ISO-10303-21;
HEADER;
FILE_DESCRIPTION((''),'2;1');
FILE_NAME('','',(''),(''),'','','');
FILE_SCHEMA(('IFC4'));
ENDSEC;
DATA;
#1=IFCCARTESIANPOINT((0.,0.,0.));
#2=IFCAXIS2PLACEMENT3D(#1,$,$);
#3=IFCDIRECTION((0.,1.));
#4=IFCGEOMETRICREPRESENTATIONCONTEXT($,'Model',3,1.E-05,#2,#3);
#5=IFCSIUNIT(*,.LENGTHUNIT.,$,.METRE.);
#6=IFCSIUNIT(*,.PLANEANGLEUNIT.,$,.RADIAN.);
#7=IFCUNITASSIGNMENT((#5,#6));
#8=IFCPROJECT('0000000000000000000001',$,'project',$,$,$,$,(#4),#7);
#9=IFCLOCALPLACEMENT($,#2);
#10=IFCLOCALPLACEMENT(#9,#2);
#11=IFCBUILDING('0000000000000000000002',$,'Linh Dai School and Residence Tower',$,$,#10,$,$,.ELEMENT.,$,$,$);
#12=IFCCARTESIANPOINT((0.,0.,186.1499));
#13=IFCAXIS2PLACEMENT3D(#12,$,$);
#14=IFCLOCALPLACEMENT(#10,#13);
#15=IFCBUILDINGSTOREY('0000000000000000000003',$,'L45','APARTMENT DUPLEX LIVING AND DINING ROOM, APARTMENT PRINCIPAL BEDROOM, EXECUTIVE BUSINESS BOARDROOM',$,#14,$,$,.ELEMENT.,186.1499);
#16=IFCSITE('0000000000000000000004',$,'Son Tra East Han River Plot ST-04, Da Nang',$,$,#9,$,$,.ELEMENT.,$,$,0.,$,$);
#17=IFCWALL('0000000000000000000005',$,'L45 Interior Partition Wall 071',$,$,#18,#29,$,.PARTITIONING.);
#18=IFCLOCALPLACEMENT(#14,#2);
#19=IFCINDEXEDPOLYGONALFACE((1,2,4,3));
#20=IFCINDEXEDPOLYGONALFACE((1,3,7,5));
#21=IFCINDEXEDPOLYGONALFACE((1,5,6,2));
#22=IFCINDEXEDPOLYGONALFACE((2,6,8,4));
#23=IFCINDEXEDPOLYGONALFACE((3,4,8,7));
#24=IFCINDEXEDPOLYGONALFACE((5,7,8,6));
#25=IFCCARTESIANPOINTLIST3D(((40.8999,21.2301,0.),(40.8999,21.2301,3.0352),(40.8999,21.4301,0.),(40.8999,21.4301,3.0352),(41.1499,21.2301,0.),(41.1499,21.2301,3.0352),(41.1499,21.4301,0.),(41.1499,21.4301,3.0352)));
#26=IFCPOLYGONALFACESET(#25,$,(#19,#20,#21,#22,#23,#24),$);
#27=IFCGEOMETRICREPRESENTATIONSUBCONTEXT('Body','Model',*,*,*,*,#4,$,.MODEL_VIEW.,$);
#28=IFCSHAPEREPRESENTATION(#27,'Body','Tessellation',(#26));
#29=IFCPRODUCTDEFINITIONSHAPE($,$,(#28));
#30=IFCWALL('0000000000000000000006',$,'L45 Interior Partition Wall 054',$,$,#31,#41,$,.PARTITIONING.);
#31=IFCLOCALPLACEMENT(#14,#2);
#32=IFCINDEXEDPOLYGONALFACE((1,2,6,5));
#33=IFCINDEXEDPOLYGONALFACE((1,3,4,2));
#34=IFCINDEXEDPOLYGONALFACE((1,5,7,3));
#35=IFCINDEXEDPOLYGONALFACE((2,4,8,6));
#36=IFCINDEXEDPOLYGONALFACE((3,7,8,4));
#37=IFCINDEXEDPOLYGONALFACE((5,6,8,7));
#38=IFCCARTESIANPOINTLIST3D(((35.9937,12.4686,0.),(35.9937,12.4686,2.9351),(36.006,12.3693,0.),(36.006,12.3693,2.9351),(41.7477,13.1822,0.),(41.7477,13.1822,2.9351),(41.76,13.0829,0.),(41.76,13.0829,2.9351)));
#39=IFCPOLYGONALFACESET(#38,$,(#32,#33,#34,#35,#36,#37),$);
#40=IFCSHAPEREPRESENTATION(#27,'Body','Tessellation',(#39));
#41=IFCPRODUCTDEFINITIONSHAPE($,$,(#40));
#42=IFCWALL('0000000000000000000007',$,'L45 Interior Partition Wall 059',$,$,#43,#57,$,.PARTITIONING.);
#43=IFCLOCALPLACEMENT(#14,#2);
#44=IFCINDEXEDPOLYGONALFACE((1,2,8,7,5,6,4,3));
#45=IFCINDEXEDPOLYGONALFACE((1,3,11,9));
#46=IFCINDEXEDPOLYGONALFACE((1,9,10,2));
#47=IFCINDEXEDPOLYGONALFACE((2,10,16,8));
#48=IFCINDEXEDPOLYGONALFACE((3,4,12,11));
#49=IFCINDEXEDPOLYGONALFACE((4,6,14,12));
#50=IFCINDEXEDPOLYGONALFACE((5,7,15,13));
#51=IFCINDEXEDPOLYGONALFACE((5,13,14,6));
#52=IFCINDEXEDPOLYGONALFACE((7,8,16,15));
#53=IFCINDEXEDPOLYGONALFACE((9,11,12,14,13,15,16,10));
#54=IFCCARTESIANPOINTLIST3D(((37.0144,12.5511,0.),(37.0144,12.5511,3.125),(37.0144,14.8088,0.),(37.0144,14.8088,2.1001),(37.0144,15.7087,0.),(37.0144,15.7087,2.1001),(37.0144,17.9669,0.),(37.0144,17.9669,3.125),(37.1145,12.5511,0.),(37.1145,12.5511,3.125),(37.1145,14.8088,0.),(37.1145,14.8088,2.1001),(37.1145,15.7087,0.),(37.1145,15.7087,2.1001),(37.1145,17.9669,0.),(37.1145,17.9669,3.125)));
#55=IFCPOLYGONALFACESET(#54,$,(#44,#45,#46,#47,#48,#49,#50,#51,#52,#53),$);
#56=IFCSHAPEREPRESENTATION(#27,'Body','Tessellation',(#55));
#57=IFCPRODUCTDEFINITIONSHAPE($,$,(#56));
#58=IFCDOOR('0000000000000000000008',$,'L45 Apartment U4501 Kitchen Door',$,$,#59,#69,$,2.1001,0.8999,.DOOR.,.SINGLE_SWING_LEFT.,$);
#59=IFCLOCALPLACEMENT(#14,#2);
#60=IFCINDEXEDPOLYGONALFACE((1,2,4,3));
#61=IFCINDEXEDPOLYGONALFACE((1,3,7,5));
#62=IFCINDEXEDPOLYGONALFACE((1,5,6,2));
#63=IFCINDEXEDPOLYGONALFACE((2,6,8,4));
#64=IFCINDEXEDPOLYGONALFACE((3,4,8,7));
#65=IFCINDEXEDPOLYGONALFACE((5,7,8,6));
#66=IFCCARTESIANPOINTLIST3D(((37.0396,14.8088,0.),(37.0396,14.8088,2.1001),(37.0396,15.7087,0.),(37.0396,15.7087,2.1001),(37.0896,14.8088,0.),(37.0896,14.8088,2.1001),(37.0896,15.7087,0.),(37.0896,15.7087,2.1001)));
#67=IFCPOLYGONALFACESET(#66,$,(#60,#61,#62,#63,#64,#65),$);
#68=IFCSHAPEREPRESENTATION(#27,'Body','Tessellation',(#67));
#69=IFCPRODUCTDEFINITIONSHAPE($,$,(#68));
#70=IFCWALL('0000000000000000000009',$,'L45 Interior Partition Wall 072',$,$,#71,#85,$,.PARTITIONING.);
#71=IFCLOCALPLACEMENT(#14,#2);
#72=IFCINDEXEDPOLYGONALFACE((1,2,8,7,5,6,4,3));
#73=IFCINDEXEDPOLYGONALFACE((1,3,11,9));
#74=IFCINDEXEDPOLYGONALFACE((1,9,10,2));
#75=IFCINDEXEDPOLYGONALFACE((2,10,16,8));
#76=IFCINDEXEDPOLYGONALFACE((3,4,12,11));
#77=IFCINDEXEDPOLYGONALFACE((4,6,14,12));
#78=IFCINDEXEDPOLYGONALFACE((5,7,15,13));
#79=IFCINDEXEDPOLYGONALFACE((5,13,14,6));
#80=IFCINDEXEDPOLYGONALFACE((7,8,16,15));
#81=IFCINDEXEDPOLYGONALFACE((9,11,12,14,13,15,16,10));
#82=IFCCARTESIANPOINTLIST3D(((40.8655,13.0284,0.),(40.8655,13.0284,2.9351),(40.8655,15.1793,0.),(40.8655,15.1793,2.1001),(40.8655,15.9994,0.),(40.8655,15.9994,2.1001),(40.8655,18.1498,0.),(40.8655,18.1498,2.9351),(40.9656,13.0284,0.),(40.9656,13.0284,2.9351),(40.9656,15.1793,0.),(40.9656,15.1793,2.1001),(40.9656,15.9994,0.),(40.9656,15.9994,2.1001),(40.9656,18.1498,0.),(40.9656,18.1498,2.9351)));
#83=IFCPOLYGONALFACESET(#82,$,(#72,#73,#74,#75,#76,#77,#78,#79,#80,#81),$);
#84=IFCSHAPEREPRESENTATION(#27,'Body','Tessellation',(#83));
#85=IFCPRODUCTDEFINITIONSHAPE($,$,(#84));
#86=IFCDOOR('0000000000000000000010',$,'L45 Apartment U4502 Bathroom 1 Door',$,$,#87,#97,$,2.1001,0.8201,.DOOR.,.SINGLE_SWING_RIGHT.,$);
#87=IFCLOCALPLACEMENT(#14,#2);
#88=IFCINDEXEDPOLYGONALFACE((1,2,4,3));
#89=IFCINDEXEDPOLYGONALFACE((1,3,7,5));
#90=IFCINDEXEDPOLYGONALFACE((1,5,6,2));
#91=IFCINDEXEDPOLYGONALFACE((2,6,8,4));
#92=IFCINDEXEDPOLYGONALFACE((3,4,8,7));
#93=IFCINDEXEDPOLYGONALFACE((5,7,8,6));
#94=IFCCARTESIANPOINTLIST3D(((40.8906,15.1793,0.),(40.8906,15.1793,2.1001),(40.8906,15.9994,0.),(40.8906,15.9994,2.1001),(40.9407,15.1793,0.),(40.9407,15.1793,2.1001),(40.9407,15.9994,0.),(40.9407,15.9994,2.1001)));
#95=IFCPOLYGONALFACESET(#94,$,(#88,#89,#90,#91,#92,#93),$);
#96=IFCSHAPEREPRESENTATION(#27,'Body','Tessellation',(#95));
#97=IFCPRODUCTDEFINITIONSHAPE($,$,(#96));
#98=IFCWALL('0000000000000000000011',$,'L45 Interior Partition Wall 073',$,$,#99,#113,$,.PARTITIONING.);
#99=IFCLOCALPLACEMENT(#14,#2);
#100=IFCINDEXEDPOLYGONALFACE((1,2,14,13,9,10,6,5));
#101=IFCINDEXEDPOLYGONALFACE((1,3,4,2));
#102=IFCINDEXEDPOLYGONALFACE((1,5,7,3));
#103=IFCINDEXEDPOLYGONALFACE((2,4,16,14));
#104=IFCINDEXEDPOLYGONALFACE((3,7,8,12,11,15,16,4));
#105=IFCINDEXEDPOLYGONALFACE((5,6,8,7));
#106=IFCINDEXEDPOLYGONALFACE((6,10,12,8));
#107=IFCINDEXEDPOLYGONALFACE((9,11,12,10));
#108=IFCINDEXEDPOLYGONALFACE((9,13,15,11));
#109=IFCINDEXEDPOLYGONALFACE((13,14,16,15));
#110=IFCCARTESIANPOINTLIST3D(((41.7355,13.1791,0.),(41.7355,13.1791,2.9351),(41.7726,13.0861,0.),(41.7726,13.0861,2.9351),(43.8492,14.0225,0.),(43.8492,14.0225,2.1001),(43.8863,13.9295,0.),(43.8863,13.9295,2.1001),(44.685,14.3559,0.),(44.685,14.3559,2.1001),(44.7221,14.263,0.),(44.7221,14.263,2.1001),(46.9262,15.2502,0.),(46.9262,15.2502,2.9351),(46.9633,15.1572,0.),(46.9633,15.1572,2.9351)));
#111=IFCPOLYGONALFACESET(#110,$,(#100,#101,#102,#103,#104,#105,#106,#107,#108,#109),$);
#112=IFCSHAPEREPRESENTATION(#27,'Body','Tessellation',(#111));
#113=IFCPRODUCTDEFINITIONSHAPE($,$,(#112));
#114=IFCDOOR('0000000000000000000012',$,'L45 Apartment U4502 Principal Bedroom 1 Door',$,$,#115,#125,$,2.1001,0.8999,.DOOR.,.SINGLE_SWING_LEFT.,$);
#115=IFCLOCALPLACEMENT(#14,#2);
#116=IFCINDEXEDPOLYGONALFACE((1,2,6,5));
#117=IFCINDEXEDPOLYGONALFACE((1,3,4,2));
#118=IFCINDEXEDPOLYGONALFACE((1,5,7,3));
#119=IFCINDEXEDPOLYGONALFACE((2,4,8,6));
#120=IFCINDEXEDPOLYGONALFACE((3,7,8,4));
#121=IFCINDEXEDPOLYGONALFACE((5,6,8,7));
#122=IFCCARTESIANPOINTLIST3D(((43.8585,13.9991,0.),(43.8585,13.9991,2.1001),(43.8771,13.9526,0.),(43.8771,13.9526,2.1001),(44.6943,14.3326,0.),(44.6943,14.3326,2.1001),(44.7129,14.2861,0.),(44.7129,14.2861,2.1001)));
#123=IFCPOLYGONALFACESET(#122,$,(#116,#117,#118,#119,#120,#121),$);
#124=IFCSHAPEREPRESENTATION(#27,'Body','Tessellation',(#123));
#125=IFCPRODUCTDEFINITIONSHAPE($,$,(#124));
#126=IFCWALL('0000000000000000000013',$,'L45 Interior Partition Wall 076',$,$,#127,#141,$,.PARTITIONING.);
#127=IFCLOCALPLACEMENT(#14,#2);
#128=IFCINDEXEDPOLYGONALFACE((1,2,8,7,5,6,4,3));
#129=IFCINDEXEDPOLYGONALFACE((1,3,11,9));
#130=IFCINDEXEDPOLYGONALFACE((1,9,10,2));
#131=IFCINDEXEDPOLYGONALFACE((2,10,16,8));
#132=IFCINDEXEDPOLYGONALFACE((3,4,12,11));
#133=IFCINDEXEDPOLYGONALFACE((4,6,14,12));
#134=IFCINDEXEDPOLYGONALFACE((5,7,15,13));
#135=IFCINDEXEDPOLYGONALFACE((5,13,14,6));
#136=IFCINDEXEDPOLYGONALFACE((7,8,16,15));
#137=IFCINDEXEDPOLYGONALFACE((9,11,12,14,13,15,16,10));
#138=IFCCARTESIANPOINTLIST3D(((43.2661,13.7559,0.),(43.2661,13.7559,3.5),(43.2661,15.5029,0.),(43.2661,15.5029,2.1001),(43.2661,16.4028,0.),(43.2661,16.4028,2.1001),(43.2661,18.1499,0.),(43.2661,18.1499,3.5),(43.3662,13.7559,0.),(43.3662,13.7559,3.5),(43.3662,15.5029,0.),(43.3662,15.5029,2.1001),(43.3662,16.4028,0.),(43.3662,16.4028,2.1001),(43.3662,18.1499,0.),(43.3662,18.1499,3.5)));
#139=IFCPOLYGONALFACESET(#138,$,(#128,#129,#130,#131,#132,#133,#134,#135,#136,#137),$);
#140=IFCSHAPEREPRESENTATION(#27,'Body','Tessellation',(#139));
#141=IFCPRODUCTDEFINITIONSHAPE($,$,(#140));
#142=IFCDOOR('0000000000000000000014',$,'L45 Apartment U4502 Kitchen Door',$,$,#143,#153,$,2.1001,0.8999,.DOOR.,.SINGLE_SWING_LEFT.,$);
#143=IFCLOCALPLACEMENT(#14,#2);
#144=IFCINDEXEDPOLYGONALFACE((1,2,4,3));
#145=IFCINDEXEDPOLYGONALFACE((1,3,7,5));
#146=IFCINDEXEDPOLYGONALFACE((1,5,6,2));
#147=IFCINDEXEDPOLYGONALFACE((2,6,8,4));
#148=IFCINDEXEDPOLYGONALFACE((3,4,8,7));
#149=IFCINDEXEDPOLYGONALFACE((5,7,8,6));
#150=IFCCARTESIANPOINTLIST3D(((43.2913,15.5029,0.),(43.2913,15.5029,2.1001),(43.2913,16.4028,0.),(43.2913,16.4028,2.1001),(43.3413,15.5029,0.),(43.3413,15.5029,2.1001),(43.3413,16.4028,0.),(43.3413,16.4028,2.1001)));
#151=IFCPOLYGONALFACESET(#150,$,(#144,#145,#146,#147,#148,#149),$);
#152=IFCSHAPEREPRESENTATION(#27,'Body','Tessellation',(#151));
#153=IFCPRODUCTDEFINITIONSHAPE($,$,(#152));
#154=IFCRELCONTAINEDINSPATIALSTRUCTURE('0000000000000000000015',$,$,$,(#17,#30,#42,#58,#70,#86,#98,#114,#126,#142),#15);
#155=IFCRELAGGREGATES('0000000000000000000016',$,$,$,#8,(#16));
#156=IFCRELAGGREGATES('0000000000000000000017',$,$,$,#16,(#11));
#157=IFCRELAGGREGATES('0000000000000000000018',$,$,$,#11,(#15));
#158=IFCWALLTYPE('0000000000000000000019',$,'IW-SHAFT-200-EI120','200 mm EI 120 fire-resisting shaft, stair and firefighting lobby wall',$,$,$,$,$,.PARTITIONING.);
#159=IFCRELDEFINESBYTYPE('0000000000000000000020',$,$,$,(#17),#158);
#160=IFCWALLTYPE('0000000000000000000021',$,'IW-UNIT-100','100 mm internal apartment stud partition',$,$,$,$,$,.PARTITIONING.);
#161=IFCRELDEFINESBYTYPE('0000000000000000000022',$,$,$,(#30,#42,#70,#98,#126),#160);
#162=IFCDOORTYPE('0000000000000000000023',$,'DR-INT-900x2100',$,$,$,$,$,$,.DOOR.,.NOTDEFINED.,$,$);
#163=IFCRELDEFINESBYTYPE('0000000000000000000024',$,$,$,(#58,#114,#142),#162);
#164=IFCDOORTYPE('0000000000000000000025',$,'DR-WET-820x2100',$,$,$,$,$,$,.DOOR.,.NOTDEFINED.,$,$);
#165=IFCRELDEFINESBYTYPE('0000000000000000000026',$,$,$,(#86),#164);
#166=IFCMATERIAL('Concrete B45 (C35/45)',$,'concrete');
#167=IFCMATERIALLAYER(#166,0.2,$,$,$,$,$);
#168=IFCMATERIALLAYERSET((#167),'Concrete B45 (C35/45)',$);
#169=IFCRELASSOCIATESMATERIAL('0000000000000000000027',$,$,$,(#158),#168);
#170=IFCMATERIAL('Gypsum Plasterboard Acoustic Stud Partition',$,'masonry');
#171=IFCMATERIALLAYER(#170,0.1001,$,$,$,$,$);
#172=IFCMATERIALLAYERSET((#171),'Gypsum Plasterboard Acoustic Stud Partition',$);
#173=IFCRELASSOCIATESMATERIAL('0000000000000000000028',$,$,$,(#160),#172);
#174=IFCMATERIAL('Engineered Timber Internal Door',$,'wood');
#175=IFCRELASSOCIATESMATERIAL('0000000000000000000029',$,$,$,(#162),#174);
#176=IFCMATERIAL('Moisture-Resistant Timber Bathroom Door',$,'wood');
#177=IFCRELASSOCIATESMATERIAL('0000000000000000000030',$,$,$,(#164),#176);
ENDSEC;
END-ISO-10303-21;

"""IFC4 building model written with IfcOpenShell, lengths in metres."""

from ifc_helpers import new_model, si_unit, direction, frame, frame_2d, origin, origin_2d, place, context, subcontext, project, spatial, rectangle, extrude, source, transform, mapped, material, layer, layer_set, type_object, element, fill, save


model = new_model("IFC4")

# Units and contexts
model_context = context("Model", 3, precision=1e-05, world=origin(), true_north=direction((0.0, 1.0)))
body_context = subcontext(model_context, "Body", "Model", "MODEL_VIEW")
ifc_project = project(units=[si_unit("LENGTHUNIT", "METRE"), si_unit("PLANEANGLEUNIT", "RADIAN")], contexts=[model_context])

# Site, building, storey
site_placement = place(None, origin())
site = spatial("IfcSite", under=ifc_project, at=site_placement, Name="Son Tra East Han River Plot ST-04, Da Nang", CompositionType="ELEMENT", RefElevation=0.0)
building_placement = place(site_placement, origin())
building = spatial("IfcBuilding", under=site, at=building_placement, Name="Linh Dai School and Residence Tower", CompositionType="ELEMENT")
storey_placement = place(building_placement, frame((0.0, 0.0, 186.1499)))
storey = spatial("IfcBuildingStorey", under=building, at=storey_placement, Name="L45", Description="APARTMENT DUPLEX LIVING AND DINING ROOM, APARTMENT PRINCIPAL BEDROOM, EXECUTIVE BUSINESS BOARDROOM", CompositionType="ELEMENT", Elevation=186.1499)

# Walls
ifc_material_1 = material(Name="Concrete B45 (C35/45)", Category="concrete")
ifc_layer_1 = layer(ifc_material_1, 0.2)
ifc_layer_set_1 = layer_set([ifc_layer_1], Name="Concrete B45 (C35/45)")
wall_type_1 = type_object("IfcWallType", Name="IW-SHAFT-200-EI120", Description="200 mm EI 120 fire-resisting shaft, stair and firefighting lobby wall", PredefinedType="PARTITIONING", material=ifc_layer_set_1)
wall_1_placement = place(storey_placement, frame((40.8999, 21.3301, 0.0), z_axis=(0.0, 0.0, 1.0), x_axis=(1.0, 0.0, 0.0)))
element("IfcWall", 1, at=wall_1_placement, inside=storey, type_object=wall_type_1, Name="L45 Interior Partition Wall 071", PredefinedType="PARTITIONING", context=body_context, shape_type="SweptSolid", body=[
    extrude(rectangle(XDim=0.25, YDim=0.2, at=frame_2d((0.125, 0.0))), origin(), (0.0, 0.0, 1.0), 3.0352),
])
ifc_material_2 = material(Name="Gypsum Plasterboard Acoustic Stud Partition", Category="masonry")
ifc_layer_2 = layer(ifc_material_2, 0.1001)
ifc_layer_set_2 = layer_set([ifc_layer_2], Name="Gypsum Plasterboard Acoustic Stud Partition")
wall_type_2 = type_object("IfcWallType", Name="IW-UNIT-100", Description="100 mm internal apartment stud partition", PredefinedType="PARTITIONING", material=ifc_layer_set_2)
wall_2_placement = place(storey_placement, frame((36.0, 12.4189, 0.0), z_axis=(0.0, 0.0, 1.0), x_axis=(0.992397, 0.123081, 0.0)))
element("IfcWall", 2, at=wall_2_placement, inside=storey, type_object=wall_type_2, Name="L45 Interior Partition Wall 054", PredefinedType="PARTITIONING", context=body_context, shape_type="SweptSolid", body=[
    extrude(rectangle(XDim=5.7981, YDim=0.1001, at=frame_2d((2.8989, 0.0))), origin(), (0.0, 0.0, 1.0), 2.9351),
])

# Walls, openings, doors
wall_3_placement = place(storey_placement, frame((37.0645, 12.551, 0.0), z_axis=(0.0, 0.0, 1.0), x_axis=(0.0, 1.0, 0.0)))
wall_3 = element("IfcWall", 3, at=wall_3_placement, inside=storey, type_object=wall_type_2, Name="L45 Interior Partition Wall 059", PredefinedType="PARTITIONING", context=body_context, shape_type="SweptSolid", body=[
    extrude(rectangle(XDim=5.4158, YDim=0.1001, at=frame_2d((2.708, 0.0))), origin(), (0.0, 0.0, 1.0), 3.125),
])
opening_1_placement = place(wall_3_placement, frame((2.2578, 0.0, 0.0)))
opening_1 = element("IfcOpeningElement", 4, at=opening_1_placement, cuts=wall_3, PredefinedType="OPENING", context=body_context, shape_type="SweptSolid", body=[
    extrude(rectangle(XDim=0.8999, YDim=2.1001, at=origin_2d()), frame((0.45, 0.0601, 1.05), z_axis=(0.0, -1.0, 0.0), x_axis=(1.0, 0.0, 0.0)), (0.0, 0.0, 1.0), 0.1201),
])
ifc_material_3 = material(Name="Engineered Timber Internal Door", Category="wood")
door_type_1 = type_object("IfcDoorType", Name="DR-INT-900x2100", OperationType="NOTDEFINED", PredefinedType="DOOR", material=ifc_material_3)
shared_shape_1 = source(origin(), body_context, "Body", "SweptSolid", [
    extrude(rectangle(XDim=0.8999, YDim=2.1001, at=origin_2d()), frame((0.45, 0.0249, 1.05), z_axis=(0.0, -1.0, 0.0), x_axis=(1.0, 0.0, 0.0)), (0.0, 0.0, 1.0), 0.05),
])
door_1_placement = place(opening_1_placement, origin())
door_1 = element("IfcDoor", 5, at=door_1_placement, inside=storey, type_object=door_type_1, Name="L45 Apartment U4501 Kitchen Door", OperationType="SINGLE_SWING_LEFT", OverallHeight=2.1001, OverallWidth=0.8999, PredefinedType="DOOR", context=body_context, shape_type="MappedRepresentation", body=[
    mapped(shared_shape_1, transform((0.0, 0.0, 0.0), x_axis=(1.0, 0.0, 0.0), y_axis=(0.0, 1.0, 0.0), z_axis=(0.0, 0.0, 1.0), scale=1.0)),
])
fill(opening_1, door_1)
wall_4_placement = place(storey_placement, frame((40.9155, 13.0286, 0.0), z_axis=(0.0, 0.0, 1.0), x_axis=(0.0, 1.0, 0.0)))
wall_4 = element("IfcWall", 6, at=wall_4_placement, inside=storey, type_object=wall_type_2, Name="L45 Interior Partition Wall 072", PredefinedType="PARTITIONING", context=body_context, shape_type="SweptSolid", body=[
    extrude(rectangle(XDim=5.1213, YDim=0.1001, at=frame_2d((2.5605, 0.0))), origin(), (0.0, 0.0, 1.0), 2.9351),
])
opening_2_placement = place(wall_4_placement, frame((2.1506, 0.0, 0.0)))
opening_2 = element("IfcOpeningElement", 7, at=opening_2_placement, cuts=wall_4, PredefinedType="OPENING", context=body_context, shape_type="SweptSolid", body=[
    extrude(rectangle(XDim=0.8201, YDim=2.1001, at=origin_2d()), frame((0.4102, 0.0601, 1.05), z_axis=(0.0, -1.0, 0.0), x_axis=(1.0, 0.0, 0.0)), (0.0, 0.0, 1.0), 0.1201),
])
ifc_material_4 = material(Name="Moisture-Resistant Timber Bathroom Door", Category="wood")
door_type_2 = type_object("IfcDoorType", Name="DR-WET-820x2100", OperationType="NOTDEFINED", PredefinedType="DOOR", material=ifc_material_4)
shared_shape_2 = source(origin(), body_context, "Body", "SweptSolid", [
    extrude(rectangle(XDim=0.8201, YDim=2.1001, at=origin_2d()), frame((0.4102, 0.0249, 1.05), z_axis=(0.0, -1.0, 0.0), x_axis=(1.0, 0.0, 0.0)), (0.0, 0.0, 1.0), 0.05),
])
door_2_placement = place(opening_2_placement, origin())
door_2 = element("IfcDoor", 8, at=door_2_placement, inside=storey, type_object=door_type_2, Name="L45 Apartment U4502 Bathroom 1 Door", OperationType="SINGLE_SWING_RIGHT", OverallHeight=2.1001, OverallWidth=0.8201, PredefinedType="DOOR", context=body_context, shape_type="MappedRepresentation", body=[
    mapped(shared_shape_2, transform((0.0, 0.0, 0.0), x_axis=(1.0, 0.0, 0.0), y_axis=(0.0, 1.0, 0.0), z_axis=(0.0, 0.0, 1.0), scale=1.0)),
])
fill(opening_2, door_2)
wall_5_placement = place(storey_placement, frame((41.7539, 13.1326, 0.0), z_axis=(0.0, 0.0, 1.0), x_axis=(0.928799, 0.370585, 0.0)))
wall_5 = element("IfcWall", 9, at=wall_5_placement, inside=storey, type_object=wall_type_2, Name="L45 Interior Partition Wall 073", PredefinedType="PARTITIONING", context=body_context, shape_type="SweptSolid", body=[
    extrude(rectangle(XDim=5.5886, YDim=0.1001, at=frame_2d((2.7944, 0.0))), origin(), (0.0, 0.0, 1.0), 2.9351),
])
opening_3_placement = place(wall_5_placement, frame((2.2759, 0.0, 0.0)))
opening_3 = element("IfcOpeningElement", 10, at=opening_3_placement, cuts=wall_5, PredefinedType="OPENING", context=body_context, shape_type="SweptSolid", body=[
    extrude(rectangle(XDim=0.8999, YDim=2.1001, at=origin_2d()), frame((0.45, 0.0601, 1.05), z_axis=(0.0, -1.0, 0.0), x_axis=(1.0, 0.0, 0.0)), (0.0, 0.0, 1.0), 0.1201),
])
door_3_placement = place(opening_3_placement, origin())
door_3 = element("IfcDoor", 11, at=door_3_placement, inside=storey, type_object=door_type_1, Name="L45 Apartment U4502 Principal Bedroom 1 Door", OperationType="SINGLE_SWING_LEFT", OverallHeight=2.1001, OverallWidth=0.8999, PredefinedType="DOOR", context=body_context, shape_type="MappedRepresentation", body=[
    mapped(shared_shape_1, transform((0.0, 0.0, 0.0), x_axis=(1.0, 0.0, 0.0), y_axis=(0.0, 1.0, 0.0), z_axis=(0.0, 0.0, 1.0), scale=1.0)),
])
fill(opening_3, door_3)
wall_6_placement = place(storey_placement, frame((43.3162, 13.7559, 0.0), z_axis=(0.0, 0.0, 1.0), x_axis=(0.0, 1.0, 0.0)))
wall_6 = element("IfcWall", 12, at=wall_6_placement, inside=storey, type_object=wall_type_2, Name="L45 Interior Partition Wall 076", PredefinedType="PARTITIONING", context=body_context, shape_type="SweptSolid", body=[
    extrude(rectangle(XDim=4.394, YDim=0.1001, at=frame_2d((2.197, 0.0))), origin(), (0.0, 0.0, 1.0), 3.5),
])
opening_4_placement = place(wall_6_placement, frame((1.7471, 0.0, 0.0)))
opening_4 = element("IfcOpeningElement", 13, at=opening_4_placement, cuts=wall_6, PredefinedType="OPENING", context=body_context, shape_type="SweptSolid", body=[
    extrude(rectangle(XDim=0.8999, YDim=2.1001, at=origin_2d()), frame((0.45, 0.0601, 1.05), z_axis=(0.0, -1.0, 0.0), x_axis=(1.0, 0.0, 0.0)), (0.0, 0.0, 1.0), 0.1201),
])
door_4_placement = place(opening_4_placement, origin())
door_4 = element("IfcDoor", 14, at=door_4_placement, inside=storey, type_object=door_type_1, Name="L45 Apartment U4502 Kitchen Door", OperationType="SINGLE_SWING_LEFT", OverallHeight=2.1001, OverallWidth=0.8999, PredefinedType="DOOR", context=body_context, shape_type="MappedRepresentation", body=[
    mapped(shared_shape_1, transform((0.0, 0.0, 0.0), x_axis=(1.0, 0.0, 0.0), y_axis=(0.0, 1.0, 0.0), z_axis=(0.0, 0.0, 1.0), scale=1.0)),
])
fill(opening_4, door_4)

save(model, "model.ifc")
